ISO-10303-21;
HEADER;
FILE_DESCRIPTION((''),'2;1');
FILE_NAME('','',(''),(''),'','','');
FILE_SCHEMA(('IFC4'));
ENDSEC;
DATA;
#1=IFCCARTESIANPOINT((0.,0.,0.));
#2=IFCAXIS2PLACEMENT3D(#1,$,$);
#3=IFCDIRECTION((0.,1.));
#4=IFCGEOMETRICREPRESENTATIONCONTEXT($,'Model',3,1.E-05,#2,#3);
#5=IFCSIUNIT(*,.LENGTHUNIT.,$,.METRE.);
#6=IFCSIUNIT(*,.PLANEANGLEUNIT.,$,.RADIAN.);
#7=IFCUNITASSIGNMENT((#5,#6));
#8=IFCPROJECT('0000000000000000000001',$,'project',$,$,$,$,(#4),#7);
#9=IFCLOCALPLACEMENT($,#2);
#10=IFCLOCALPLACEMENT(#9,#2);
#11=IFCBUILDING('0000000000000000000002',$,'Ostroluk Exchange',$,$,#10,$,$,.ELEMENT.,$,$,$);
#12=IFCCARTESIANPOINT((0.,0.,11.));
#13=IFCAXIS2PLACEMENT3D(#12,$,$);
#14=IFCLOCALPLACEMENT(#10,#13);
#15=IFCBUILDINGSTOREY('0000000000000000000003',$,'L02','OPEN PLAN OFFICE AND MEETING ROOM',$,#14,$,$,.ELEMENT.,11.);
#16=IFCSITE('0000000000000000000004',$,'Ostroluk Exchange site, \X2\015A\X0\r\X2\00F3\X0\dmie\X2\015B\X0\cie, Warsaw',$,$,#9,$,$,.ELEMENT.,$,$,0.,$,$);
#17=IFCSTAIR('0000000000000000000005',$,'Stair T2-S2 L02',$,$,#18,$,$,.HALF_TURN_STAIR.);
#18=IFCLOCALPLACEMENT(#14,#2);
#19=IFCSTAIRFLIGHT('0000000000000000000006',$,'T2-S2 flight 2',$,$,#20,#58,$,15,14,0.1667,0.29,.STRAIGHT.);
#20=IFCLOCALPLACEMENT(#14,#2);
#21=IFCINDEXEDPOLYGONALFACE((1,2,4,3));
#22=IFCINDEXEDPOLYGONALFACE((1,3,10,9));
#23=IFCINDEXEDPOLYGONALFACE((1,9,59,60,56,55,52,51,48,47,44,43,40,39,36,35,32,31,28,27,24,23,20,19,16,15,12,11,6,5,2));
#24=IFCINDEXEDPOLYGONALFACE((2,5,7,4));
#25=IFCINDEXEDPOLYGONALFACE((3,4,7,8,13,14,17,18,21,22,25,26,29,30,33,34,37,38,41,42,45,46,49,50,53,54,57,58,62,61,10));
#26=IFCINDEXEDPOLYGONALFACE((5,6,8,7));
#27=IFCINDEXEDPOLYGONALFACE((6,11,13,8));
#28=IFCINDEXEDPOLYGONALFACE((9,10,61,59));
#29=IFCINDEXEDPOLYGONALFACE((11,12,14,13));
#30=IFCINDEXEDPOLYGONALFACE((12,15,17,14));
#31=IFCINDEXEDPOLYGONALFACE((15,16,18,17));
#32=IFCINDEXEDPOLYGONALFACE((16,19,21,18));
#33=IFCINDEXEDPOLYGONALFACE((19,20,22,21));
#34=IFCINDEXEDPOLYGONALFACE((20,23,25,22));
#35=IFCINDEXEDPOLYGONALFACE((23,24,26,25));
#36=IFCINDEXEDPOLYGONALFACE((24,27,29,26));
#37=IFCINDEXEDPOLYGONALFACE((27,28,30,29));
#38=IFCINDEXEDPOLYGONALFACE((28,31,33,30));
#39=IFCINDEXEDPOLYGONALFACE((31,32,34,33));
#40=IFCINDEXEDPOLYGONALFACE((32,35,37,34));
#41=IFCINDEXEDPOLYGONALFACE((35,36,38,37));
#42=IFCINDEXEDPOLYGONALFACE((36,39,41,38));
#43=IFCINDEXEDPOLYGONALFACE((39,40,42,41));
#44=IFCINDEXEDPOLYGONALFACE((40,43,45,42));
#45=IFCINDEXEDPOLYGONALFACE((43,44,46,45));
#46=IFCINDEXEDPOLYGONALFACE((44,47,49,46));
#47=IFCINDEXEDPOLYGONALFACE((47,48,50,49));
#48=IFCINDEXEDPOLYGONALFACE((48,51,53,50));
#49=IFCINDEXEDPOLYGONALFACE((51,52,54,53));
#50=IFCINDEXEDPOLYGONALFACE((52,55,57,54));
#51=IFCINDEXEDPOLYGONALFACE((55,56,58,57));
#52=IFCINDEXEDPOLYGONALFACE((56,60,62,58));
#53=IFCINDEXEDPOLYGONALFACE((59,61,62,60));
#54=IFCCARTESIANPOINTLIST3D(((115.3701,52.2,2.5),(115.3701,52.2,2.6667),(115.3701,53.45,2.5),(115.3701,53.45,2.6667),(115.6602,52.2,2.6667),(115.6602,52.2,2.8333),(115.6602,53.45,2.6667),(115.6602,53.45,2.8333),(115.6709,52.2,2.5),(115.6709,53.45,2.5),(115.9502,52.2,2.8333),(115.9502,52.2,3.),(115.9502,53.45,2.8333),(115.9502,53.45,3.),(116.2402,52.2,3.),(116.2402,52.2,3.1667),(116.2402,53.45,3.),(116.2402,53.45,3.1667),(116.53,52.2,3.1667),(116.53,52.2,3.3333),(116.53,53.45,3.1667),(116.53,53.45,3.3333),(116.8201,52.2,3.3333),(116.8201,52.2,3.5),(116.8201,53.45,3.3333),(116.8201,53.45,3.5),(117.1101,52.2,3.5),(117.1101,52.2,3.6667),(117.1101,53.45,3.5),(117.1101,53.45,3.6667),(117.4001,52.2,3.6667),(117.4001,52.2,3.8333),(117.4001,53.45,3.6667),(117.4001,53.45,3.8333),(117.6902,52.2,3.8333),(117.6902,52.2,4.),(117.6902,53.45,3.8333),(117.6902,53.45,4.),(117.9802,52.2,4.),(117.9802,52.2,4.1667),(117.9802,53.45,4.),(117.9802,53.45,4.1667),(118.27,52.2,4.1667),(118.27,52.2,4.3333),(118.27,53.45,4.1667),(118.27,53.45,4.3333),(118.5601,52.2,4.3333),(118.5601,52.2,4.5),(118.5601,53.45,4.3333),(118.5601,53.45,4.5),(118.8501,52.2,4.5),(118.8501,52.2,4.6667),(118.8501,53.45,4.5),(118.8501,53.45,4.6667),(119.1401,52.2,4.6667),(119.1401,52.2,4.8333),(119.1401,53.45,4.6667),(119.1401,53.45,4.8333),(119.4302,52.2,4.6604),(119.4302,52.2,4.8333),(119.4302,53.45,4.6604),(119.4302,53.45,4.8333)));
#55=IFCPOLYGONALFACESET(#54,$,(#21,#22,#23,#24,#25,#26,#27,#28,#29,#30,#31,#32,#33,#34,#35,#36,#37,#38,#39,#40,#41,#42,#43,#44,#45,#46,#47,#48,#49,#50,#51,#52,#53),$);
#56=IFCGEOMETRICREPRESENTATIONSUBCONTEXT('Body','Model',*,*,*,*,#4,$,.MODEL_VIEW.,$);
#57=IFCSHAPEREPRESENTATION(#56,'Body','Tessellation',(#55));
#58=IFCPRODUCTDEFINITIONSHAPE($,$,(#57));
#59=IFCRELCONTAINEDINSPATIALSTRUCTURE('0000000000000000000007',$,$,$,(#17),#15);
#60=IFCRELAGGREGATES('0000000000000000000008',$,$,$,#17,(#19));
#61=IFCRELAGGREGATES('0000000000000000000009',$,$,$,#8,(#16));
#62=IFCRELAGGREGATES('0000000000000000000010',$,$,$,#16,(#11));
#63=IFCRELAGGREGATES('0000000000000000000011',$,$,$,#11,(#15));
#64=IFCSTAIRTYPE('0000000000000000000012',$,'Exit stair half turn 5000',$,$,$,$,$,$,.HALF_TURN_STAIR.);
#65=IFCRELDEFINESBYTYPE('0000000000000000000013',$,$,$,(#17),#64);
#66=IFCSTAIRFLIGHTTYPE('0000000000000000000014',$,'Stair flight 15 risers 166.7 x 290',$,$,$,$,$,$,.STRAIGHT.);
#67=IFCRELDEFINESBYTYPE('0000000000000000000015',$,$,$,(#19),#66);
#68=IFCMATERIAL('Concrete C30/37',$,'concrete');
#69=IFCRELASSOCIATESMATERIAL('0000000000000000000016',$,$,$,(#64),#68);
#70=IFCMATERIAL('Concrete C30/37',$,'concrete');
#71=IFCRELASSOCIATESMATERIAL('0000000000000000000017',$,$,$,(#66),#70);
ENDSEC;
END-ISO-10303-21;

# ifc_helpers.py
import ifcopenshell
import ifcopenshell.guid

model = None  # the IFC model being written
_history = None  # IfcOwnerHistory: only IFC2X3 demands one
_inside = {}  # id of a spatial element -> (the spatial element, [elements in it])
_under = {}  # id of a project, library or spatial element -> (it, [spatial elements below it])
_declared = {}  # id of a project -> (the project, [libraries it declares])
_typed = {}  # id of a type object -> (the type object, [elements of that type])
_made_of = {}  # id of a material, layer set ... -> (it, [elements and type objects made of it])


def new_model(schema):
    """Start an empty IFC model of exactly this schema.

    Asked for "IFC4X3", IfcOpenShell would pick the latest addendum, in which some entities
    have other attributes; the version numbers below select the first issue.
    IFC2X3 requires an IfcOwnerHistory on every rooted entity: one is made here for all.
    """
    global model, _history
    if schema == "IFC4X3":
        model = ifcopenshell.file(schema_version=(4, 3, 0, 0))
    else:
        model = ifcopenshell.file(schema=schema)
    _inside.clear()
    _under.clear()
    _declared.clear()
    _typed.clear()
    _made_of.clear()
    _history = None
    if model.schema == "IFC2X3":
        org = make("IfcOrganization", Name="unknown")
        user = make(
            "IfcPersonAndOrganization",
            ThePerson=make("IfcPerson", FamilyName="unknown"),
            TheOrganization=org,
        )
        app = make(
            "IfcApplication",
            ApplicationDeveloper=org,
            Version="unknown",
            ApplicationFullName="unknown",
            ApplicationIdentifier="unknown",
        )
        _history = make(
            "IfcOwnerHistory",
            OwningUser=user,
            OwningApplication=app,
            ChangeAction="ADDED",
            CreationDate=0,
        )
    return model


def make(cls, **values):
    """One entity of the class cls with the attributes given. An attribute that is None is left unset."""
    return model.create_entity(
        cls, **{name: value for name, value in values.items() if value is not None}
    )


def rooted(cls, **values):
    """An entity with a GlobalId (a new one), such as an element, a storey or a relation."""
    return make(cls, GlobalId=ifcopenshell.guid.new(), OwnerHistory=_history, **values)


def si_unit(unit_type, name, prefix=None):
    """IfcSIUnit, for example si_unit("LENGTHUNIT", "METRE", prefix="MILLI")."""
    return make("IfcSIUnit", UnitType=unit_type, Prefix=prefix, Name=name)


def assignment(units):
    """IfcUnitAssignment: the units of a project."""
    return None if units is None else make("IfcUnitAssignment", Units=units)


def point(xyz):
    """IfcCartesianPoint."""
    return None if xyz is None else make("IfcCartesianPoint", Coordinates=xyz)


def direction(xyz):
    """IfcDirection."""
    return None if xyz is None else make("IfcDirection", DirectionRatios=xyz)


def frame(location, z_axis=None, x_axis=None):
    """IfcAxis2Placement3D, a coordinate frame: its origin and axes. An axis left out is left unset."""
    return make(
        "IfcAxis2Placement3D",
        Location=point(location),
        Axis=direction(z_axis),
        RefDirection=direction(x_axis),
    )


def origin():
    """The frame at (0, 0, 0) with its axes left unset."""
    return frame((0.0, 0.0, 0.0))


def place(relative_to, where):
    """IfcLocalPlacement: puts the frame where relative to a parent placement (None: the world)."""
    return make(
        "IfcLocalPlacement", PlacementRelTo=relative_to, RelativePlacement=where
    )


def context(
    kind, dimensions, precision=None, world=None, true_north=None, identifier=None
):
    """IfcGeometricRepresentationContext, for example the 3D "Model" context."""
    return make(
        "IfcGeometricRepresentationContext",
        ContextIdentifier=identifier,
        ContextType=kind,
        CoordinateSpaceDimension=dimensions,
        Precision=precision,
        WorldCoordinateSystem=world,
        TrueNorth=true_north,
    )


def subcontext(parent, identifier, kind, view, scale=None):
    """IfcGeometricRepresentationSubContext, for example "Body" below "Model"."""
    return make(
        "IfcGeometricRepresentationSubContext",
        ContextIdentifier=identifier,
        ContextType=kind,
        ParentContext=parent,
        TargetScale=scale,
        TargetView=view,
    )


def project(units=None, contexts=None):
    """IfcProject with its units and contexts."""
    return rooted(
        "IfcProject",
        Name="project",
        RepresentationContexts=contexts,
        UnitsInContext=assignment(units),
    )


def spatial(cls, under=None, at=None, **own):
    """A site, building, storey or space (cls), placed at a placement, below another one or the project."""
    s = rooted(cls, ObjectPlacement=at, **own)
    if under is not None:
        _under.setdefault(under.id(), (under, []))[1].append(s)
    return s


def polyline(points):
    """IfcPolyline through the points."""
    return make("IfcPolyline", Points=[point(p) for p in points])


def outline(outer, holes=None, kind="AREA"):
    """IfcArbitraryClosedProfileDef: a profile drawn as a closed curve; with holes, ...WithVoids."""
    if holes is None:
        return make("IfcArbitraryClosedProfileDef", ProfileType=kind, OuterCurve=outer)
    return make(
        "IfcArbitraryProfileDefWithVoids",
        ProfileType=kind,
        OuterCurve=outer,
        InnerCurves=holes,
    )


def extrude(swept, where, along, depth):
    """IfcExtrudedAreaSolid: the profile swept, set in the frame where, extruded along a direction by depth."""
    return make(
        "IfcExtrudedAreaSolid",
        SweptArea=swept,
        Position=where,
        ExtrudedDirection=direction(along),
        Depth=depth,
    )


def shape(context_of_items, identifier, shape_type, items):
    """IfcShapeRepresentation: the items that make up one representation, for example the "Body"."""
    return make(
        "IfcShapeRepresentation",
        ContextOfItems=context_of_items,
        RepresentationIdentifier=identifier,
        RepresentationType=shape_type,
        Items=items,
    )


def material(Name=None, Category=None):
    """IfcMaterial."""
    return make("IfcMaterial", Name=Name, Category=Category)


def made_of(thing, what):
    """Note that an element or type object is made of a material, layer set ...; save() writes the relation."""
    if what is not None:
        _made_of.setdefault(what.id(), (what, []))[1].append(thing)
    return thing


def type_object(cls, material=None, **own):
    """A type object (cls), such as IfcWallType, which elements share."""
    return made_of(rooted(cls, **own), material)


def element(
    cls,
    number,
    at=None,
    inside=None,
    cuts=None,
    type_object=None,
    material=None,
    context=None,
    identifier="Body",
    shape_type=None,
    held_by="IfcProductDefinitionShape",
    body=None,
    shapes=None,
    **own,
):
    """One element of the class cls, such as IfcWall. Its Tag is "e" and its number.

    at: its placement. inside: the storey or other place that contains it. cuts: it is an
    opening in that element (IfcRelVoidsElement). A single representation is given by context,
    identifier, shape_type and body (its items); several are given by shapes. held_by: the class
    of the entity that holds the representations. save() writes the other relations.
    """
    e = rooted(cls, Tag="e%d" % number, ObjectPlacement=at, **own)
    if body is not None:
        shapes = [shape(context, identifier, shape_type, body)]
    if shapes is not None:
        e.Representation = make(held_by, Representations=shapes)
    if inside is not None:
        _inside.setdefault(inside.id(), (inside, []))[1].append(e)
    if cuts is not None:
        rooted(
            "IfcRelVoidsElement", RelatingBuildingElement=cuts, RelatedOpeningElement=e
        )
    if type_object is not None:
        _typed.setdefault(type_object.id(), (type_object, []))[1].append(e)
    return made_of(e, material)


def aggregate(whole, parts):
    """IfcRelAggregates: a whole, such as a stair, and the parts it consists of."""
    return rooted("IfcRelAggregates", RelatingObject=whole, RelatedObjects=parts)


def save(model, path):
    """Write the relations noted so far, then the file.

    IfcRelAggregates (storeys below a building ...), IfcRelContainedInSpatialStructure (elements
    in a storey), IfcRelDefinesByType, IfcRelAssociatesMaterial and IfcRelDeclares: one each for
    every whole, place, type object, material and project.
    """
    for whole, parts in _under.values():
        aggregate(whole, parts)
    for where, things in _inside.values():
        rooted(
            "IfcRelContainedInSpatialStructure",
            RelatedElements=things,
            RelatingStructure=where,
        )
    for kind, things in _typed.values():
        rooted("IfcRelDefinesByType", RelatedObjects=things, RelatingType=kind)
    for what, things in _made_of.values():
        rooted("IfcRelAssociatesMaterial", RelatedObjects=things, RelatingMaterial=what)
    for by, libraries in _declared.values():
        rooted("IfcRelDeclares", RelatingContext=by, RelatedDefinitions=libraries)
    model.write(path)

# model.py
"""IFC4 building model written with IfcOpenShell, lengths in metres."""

from ifc_helpers import new_model, si_unit, direction, frame, origin, place, context, subcontext, project, spatial, polyline, outline, extrude, material, type_object, element, aggregate, save


model = new_model("IFC4")

# Units and contexts
model_context = context("Model", 3, precision=1e-05, world=origin(), true_north=direction((0.0, 1.0)))
body_context = subcontext(model_context, "Body", "Model", "MODEL_VIEW")
ifc_project = project(units=[si_unit("LENGTHUNIT", "METRE"), si_unit("PLANEANGLEUNIT", "RADIAN")], contexts=[model_context])

# Site, building, storey
site_placement = place(None, origin())
site = spatial("IfcSite", under=ifc_project, at=site_placement, Name="Ostroluk Exchange site, Śródmieście, Warsaw", CompositionType="ELEMENT", RefElevation=0.0)
building_placement = place(site_placement, origin())
building = spatial("IfcBuilding", under=site, at=building_placement, Name="Ostroluk Exchange", CompositionType="ELEMENT")
storey_placement = place(building_placement, frame((0.0, 0.0, 11.0)))
storey = spatial("IfcBuildingStorey", under=building, at=storey_placement, Name="L02", Description="OPEN PLAN OFFICE AND MEETING ROOM", CompositionType="ELEMENT", Elevation=11.0)

# Stair, stair flight
ifc_material_1 = material(Name="Concrete C30/37", Category="concrete")
stair_type = type_object("IfcStairType", Name="Exit stair half turn 5000", PredefinedType="HALF_TURN_STAIR", material=ifc_material_1)
stair_placement = place(storey_placement, origin())
stair = element("IfcStair", 1, at=stair_placement, inside=storey, type_object=stair_type, Name="Stair T2-S2 L02", PredefinedType="HALF_TURN_STAIR")
ifc_material_2 = material(Name="Concrete C30/37", Category="concrete")
stair_flight_type = type_object("IfcStairFlightType", Name="Stair flight 15 risers 166.7 x 290", PredefinedType="STRAIGHT", material=ifc_material_2)
stair_flight_1_placement = place(storey_placement, frame((115.3701, 52.825, 2.5), z_axis=(0.0, 0.0, 1.0), x_axis=(1.0, 0.0, 0.0)))
stair_flight_1 = element("IfcStairFlight", 2, at=stair_flight_1_placement, type_object=stair_flight_type, Name="T2-S2 flight 2", NumberOfRisers=15, NumberOfTreads=14, PredefinedType="STRAIGHT", RiserHeight=0.1667, TreadLength=0.29, context=body_context, shape_type="SweptSolid", body=[
    extrude(outline(polyline([(0.0, 0.0), (0.0, 0.1667), (0.29, 0.1667), (0.29, 0.3333), (0.5801, 0.3333), (0.5801, 0.5), (0.8701, 0.5), (0.8701, 0.6667), (1.1599, 0.6667), (1.1599, 0.8333), (1.45, 0.8333), (1.45, 1.0), (1.74, 1.0), (1.74, 1.1667), (2.03, 1.1667), (2.03, 1.3333), (2.3201, 1.3333), (2.3201, 1.5), (2.6101, 1.5), (2.6101, 1.6667), (2.8999, 1.6667), (2.8999, 1.8333), (3.1899, 1.8333), (3.1899, 2.0), (3.48, 2.0), (3.48, 2.1667), (3.77, 2.1667), (3.77, 2.3333), (4.0601, 2.3333), (4.0601, 2.5), (4.0601, 2.1604), (0.3008, 0.0), (0.0, 0.0)])), frame((0.0, 0.625, 0.0), z_axis=(0.0, -1.0, 0.0), x_axis=(1.0, 0.0, 0.0)), (0.0, 0.0, 1.0), 1.25),
])
aggregate(stair, [stair_flight_1])

save(model, "model.ifc")
